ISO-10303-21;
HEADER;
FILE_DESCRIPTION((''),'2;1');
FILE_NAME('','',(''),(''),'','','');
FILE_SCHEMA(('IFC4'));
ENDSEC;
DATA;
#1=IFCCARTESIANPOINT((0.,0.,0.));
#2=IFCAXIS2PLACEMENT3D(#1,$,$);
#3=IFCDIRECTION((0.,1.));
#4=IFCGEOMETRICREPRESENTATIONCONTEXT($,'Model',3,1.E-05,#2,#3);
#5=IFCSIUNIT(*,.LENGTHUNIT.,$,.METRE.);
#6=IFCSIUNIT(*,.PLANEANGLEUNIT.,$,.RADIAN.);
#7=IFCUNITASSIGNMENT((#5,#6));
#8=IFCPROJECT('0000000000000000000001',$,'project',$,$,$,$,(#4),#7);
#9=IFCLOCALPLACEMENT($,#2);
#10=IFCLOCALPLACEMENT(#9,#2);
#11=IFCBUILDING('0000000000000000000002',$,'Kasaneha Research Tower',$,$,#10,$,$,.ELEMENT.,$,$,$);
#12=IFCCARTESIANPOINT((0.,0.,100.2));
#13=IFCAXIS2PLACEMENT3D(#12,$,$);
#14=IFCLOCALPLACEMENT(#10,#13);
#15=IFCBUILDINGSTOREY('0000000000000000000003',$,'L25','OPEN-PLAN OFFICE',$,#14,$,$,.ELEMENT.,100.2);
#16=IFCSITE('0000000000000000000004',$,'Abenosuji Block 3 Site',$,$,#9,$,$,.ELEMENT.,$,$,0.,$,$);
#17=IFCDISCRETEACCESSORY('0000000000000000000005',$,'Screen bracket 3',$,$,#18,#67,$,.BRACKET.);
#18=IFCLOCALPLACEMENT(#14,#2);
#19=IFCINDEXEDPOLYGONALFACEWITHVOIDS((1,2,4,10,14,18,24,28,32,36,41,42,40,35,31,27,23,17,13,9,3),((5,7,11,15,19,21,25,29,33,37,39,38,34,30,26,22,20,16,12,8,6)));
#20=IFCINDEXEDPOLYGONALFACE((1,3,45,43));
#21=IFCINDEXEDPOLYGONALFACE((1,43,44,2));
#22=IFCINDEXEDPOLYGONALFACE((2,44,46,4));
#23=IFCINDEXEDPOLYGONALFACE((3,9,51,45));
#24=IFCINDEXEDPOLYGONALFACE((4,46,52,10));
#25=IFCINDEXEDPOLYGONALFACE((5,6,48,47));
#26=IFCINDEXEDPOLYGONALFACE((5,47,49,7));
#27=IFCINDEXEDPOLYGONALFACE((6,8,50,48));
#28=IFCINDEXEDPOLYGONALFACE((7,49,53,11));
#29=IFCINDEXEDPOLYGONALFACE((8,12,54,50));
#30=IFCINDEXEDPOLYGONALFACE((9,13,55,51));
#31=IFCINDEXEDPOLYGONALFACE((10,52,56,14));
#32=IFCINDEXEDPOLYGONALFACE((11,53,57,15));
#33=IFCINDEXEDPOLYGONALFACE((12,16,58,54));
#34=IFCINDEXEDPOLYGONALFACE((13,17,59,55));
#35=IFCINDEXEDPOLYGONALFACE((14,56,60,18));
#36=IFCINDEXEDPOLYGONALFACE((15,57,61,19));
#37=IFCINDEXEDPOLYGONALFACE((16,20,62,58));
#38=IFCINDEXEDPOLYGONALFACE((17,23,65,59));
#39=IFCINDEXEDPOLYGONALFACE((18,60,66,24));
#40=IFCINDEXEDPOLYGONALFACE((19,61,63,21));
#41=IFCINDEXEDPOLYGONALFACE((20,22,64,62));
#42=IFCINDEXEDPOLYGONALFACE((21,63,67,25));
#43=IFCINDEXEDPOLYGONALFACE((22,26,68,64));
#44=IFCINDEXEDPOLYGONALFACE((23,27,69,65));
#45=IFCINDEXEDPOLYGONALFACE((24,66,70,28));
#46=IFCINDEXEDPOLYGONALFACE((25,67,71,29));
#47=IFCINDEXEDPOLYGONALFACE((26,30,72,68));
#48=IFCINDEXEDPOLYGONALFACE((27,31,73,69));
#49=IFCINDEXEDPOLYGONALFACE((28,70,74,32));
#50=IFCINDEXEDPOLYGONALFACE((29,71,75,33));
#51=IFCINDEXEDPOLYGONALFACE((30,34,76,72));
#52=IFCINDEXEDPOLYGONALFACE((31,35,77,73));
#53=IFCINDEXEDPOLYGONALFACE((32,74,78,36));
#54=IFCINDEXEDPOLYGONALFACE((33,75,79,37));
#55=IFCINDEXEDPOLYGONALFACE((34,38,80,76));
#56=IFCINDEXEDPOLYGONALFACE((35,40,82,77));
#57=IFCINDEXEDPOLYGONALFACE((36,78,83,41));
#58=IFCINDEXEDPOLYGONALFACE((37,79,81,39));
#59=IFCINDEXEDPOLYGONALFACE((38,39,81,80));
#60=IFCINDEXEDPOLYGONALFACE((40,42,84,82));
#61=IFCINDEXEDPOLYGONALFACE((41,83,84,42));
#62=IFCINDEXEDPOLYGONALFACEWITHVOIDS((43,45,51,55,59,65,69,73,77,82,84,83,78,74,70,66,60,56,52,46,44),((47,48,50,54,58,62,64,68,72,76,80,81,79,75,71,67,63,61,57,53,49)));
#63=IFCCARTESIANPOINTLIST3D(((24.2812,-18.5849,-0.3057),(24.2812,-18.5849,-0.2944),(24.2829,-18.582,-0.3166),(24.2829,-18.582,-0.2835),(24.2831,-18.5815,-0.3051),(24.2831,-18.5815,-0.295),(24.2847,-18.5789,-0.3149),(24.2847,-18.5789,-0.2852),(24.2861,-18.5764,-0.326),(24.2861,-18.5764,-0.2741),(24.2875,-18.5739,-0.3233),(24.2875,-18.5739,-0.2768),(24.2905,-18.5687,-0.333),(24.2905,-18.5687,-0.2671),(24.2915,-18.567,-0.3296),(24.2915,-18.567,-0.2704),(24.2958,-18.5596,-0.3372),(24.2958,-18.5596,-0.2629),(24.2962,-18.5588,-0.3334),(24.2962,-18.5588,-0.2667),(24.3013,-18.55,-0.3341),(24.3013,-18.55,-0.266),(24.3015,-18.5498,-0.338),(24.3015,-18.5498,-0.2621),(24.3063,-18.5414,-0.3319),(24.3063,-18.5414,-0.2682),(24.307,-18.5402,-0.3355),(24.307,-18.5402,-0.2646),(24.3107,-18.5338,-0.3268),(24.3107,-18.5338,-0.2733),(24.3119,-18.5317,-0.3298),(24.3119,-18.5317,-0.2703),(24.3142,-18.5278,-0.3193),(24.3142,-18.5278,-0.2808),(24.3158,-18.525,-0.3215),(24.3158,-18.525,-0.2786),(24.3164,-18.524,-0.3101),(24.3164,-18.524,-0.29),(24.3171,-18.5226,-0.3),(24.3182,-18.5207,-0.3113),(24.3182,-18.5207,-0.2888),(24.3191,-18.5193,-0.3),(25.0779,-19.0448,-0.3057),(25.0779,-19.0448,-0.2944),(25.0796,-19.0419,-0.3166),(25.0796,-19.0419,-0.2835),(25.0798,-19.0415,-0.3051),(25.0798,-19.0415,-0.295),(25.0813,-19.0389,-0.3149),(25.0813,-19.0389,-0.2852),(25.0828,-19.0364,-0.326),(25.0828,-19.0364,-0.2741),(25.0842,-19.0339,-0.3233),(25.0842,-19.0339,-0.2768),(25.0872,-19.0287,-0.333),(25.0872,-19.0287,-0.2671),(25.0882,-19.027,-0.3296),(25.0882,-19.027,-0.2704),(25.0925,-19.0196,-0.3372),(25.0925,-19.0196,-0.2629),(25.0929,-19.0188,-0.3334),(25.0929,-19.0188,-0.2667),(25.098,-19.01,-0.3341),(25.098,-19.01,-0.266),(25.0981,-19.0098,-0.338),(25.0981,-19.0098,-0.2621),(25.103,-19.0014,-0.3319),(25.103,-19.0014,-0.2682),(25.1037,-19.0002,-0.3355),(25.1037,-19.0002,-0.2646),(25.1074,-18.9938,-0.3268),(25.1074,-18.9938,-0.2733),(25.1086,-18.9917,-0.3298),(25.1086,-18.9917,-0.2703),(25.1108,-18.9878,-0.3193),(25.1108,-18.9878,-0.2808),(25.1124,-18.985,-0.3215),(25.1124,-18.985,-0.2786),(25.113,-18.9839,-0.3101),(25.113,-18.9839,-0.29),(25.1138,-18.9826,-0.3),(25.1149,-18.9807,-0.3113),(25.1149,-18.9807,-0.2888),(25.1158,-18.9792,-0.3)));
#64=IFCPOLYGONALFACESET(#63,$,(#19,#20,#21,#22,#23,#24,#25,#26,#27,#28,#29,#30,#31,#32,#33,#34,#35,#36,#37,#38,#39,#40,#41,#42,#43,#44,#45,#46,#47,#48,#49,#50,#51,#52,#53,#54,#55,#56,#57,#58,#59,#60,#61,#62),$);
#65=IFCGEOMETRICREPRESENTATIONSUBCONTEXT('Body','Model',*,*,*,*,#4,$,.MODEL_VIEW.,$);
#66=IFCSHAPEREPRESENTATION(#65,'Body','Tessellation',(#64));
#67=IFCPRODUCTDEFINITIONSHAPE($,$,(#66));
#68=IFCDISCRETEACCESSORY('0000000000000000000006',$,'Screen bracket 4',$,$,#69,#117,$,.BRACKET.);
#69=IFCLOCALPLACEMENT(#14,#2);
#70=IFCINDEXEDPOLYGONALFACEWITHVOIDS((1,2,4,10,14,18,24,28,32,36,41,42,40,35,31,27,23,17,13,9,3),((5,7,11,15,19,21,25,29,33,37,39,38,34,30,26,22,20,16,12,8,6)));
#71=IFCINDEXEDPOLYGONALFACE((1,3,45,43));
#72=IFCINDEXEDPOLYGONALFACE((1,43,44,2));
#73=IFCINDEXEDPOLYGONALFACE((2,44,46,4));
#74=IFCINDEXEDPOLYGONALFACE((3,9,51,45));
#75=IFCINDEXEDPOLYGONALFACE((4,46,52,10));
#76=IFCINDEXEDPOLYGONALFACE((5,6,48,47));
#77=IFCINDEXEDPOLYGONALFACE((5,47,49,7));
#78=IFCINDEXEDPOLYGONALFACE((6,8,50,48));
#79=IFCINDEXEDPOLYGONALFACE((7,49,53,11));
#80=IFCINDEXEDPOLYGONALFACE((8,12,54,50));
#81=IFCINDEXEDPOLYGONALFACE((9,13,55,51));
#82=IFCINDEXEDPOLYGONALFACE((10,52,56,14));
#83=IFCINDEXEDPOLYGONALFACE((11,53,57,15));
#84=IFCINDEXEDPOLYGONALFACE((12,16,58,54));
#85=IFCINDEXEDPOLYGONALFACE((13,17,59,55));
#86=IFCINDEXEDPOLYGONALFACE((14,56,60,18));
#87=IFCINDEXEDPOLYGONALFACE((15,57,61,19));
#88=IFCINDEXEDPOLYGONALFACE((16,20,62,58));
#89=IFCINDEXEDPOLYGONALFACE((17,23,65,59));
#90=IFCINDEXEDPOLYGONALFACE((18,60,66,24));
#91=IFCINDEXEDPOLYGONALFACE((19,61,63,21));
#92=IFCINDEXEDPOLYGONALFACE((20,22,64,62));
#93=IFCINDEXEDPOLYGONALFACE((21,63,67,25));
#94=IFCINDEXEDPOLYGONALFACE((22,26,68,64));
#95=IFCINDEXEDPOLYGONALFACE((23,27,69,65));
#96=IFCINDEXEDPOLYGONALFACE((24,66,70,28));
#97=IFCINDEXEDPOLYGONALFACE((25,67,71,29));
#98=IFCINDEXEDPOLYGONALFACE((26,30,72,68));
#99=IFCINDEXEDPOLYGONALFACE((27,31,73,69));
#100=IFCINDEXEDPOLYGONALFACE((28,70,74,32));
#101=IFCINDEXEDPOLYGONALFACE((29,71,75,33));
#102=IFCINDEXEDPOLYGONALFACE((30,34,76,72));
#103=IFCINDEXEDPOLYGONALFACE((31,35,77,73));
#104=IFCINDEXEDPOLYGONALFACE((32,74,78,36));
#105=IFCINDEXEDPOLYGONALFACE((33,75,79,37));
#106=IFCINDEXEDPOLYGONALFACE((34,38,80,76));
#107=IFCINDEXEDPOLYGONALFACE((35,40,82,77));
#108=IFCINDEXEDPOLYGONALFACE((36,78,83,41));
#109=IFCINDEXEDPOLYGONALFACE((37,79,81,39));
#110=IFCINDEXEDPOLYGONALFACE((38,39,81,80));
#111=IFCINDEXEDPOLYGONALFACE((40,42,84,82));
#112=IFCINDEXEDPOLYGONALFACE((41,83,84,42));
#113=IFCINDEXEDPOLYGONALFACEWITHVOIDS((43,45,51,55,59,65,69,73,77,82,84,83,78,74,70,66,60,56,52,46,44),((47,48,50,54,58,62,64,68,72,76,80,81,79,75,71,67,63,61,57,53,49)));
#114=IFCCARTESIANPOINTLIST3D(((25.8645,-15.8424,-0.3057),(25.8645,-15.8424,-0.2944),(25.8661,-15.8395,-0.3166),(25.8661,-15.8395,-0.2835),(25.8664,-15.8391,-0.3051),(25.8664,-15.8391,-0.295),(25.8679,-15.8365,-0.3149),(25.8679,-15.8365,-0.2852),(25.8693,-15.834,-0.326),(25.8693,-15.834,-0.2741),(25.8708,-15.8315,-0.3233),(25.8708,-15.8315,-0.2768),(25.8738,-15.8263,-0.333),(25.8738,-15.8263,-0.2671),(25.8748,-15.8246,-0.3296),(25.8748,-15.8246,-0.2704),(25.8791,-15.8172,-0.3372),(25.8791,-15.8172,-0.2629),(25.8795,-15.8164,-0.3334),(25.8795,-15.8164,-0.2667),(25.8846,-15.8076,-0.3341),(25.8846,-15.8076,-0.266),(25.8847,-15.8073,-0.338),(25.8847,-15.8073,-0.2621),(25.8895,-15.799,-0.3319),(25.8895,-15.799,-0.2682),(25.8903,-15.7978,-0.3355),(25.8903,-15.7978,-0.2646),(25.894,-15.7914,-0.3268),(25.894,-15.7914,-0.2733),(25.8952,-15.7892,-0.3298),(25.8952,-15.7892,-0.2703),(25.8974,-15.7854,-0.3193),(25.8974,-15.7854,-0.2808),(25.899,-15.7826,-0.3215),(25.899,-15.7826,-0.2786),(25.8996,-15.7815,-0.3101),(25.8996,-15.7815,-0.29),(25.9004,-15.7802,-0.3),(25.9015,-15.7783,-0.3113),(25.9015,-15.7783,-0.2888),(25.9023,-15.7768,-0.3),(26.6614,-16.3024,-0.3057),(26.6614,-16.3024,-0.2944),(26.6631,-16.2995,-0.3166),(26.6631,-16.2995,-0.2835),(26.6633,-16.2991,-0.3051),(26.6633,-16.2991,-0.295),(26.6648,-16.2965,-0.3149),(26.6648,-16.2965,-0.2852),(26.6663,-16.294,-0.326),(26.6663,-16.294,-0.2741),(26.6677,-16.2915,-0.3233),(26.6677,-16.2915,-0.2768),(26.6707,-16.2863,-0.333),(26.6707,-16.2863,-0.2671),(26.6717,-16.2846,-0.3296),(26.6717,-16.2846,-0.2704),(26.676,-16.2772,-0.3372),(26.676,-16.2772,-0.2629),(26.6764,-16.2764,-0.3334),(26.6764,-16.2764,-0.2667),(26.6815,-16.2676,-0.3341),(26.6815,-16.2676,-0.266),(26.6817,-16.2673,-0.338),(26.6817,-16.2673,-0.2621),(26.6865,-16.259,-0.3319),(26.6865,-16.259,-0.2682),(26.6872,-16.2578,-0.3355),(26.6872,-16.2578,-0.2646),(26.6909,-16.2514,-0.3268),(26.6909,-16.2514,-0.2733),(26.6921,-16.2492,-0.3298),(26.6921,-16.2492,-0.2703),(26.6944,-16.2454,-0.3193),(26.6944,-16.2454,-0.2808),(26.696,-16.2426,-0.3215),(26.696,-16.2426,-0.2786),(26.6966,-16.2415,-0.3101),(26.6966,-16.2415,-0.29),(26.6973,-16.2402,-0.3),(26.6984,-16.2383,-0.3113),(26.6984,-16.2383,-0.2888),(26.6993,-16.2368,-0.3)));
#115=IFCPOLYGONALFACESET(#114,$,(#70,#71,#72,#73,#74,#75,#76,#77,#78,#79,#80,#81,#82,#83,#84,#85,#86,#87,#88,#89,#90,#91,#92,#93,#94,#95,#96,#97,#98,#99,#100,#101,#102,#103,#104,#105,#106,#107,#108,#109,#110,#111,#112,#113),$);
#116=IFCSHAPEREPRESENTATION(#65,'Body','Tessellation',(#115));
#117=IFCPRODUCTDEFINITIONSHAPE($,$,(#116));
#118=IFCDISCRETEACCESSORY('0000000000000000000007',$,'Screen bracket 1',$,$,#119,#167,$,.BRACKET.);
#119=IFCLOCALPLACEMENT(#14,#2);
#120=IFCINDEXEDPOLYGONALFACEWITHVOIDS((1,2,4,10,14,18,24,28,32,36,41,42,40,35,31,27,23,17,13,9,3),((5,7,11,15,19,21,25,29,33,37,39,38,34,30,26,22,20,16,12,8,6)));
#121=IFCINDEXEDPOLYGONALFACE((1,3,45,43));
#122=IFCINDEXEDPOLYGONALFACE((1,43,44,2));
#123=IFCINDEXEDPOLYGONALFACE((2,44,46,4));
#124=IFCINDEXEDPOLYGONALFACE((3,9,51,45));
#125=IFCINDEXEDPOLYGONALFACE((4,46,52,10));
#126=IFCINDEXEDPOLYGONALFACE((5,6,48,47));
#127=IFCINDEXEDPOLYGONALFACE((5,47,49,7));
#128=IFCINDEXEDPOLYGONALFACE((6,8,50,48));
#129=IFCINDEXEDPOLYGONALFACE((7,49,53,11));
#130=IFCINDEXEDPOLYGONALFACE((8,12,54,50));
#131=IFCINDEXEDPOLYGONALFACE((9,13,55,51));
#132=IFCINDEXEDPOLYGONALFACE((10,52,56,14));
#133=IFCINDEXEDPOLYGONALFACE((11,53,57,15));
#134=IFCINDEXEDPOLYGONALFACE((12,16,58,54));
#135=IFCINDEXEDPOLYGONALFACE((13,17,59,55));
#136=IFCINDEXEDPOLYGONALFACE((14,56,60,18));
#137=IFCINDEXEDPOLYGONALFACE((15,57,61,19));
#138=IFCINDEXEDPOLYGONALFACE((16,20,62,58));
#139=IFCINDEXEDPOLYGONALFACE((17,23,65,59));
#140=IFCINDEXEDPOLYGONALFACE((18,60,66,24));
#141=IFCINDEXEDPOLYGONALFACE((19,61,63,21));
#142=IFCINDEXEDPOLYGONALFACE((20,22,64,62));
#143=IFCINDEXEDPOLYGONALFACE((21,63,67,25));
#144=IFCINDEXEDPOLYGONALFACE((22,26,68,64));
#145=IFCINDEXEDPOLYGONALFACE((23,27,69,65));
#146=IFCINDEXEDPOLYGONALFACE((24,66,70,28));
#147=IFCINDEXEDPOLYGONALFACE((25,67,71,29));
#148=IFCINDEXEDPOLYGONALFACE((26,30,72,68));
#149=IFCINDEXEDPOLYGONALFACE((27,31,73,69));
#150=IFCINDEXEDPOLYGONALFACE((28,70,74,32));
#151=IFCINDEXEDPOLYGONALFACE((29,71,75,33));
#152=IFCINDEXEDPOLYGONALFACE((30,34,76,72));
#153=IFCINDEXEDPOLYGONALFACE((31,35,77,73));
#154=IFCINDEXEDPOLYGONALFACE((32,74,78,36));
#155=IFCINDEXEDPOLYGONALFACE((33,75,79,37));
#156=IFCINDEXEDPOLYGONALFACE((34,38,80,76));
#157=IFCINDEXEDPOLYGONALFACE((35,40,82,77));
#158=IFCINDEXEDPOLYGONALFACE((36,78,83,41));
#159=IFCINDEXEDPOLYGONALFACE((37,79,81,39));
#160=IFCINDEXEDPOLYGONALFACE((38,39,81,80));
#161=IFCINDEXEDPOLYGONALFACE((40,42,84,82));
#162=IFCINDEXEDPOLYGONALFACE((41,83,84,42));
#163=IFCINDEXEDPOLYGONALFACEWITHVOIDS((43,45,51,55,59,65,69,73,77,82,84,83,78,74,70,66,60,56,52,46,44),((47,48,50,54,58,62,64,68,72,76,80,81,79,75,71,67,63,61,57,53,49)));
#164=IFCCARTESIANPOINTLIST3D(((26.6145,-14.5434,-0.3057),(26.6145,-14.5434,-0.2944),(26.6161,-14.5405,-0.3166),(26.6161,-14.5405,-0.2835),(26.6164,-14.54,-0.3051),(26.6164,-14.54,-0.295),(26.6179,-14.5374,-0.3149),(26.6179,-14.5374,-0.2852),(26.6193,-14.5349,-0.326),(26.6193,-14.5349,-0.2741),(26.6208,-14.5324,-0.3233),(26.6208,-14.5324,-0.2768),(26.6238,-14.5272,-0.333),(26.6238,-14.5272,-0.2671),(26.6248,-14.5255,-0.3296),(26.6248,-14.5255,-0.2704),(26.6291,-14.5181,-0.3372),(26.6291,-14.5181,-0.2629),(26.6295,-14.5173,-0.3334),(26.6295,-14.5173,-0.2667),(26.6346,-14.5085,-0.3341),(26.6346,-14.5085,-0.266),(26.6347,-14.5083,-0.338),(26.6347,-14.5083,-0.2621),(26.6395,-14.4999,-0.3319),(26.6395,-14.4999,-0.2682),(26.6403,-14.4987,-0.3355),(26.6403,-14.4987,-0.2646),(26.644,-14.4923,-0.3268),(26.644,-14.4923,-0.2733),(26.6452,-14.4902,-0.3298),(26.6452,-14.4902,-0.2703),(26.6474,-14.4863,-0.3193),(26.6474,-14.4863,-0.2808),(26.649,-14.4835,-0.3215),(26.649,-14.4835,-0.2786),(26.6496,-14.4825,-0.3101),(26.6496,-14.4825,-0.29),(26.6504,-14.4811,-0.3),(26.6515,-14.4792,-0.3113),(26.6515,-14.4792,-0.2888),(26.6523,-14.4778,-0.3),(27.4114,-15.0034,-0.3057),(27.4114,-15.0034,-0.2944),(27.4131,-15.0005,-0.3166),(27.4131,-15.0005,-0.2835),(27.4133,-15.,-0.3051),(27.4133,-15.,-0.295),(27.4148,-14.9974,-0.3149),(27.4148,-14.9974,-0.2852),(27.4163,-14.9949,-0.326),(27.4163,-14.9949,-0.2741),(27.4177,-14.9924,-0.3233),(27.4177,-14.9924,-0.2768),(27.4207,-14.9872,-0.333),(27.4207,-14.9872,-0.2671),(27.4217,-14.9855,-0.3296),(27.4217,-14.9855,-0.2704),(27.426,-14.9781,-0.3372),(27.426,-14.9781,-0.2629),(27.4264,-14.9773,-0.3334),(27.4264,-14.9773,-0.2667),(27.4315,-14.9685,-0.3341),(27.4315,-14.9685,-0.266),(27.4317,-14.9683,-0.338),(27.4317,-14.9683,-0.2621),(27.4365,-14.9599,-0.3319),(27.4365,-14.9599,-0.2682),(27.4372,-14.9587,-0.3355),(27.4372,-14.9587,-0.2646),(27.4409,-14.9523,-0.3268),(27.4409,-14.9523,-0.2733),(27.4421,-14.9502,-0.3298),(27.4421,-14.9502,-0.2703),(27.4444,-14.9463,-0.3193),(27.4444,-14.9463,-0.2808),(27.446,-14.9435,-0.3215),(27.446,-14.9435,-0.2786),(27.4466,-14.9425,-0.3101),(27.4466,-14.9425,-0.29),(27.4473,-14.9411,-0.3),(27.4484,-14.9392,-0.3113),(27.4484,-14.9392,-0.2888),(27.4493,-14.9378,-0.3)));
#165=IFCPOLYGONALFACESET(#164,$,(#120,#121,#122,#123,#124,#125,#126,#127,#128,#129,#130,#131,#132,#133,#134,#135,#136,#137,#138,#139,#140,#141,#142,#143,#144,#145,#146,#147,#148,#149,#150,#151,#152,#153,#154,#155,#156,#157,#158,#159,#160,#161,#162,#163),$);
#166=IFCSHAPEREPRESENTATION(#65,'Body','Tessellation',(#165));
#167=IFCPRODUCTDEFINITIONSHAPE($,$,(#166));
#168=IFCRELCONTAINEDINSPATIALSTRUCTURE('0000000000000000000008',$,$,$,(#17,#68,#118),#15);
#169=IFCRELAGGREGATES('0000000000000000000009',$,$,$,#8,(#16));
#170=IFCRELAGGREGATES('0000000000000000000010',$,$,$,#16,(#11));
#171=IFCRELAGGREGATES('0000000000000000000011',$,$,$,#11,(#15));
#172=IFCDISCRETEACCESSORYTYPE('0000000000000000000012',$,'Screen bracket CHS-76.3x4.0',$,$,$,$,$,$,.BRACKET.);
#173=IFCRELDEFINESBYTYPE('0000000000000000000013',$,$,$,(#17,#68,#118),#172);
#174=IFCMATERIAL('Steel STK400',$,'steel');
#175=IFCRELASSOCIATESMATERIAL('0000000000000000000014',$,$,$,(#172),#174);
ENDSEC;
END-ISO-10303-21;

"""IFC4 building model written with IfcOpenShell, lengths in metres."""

from ifc_helpers import new_model, si_unit, direction, frame, origin, origin_2d, place, context, subcontext, project, spatial, hollow_circle, extrude, material, material_profile, profile_set, type_object, element, save


model = new_model("IFC4")

# Units and contexts
model_context = context("Model", 3, precision=1e-05, world=origin(), true_north=direction((0.0, 1.0)))
body_context = subcontext(model_context, "Body", "Model", "MODEL_VIEW")
ifc_project = project(units=[si_unit("LENGTHUNIT", "METRE"), si_unit("PLANEANGLEUNIT", "RADIAN")], contexts=[model_context])

# Site, building, storey
site_placement = place(None, origin())
site = spatial("IfcSite", under=ifc_project, at=site_placement, Name="Abenosuji Block 3 Site", CompositionType="ELEMENT", RefElevation=0.0)
building_placement = place(site_placement, origin())
building = spatial("IfcBuilding", under=site, at=building_placement, Name="Kasaneha Research Tower", CompositionType="ELEMENT")
storey_placement = place(building_placement, frame((0.0, 0.0, 100.2)))
storey = spatial("IfcBuildingStorey", under=building, at=storey_placement, Name="L25", Description="OPEN-PLAN OFFICE", CompositionType="ELEMENT", Elevation=100.2)

# Discrete accessories
ifc_material_1 = material(Name="Steel STK400", Category="steel")
ifc_material_profile_1 = material_profile(ifc_material_1, hollow_circle(Radius=0.0381, WallThickness=0.0039, at=origin_2d()), Name="CHS-76.3x4.0")
ifc_profile_set_1 = profile_set([ifc_material_profile_1], Name="Steel STK400")
discrete_accessory_type = type_object("IfcDiscreteAccessoryType", Name="Screen bracket CHS-76.3x4.0", PredefinedType="BRACKET", material=ifc_profile_set_1)
discrete_accessory_1_placement = place(storey_placement, frame((24.3, -18.5522, -0.3), z_axis=(0.866013, -0.500021, 0.0), x_axis=(0.500021, 0.866013, 0.0)))
element("IfcDiscreteAccessory", 1, at=discrete_accessory_1_placement, inside=storey, type_object=discrete_accessory_type, Name="Screen bracket 3", PredefinedType="BRACKET", context=body_context, shape_type="SweptSolid", body=[
    extrude(hollow_circle(Radius=0.0381, WallThickness=0.0039, at=origin_2d()), origin(), (0.0, 0.0, 1.0), 0.9199),
])
for number, where, z_axis, x_axis, name in (
    (2, (25.8833, -15.8098, -0.3), (0.86608, -0.499906, 0.0), (0.499906, 0.86608, 0.0), "Screen bracket 4"),
    (3, (26.6333, -14.5107, -0.3), (0.86608, -0.499906, 0.0), (0.499906, 0.86608, 0.0), "Screen bracket 1"),
):
    element("IfcDiscreteAccessory", number, at=place(storey_placement, frame(where, z_axis=z_axis, x_axis=x_axis)), inside=storey, type_object=discrete_accessory_type, Name=name, PredefinedType="BRACKET", context=body_context, shape_type="SweptSolid", body=[
        extrude(hollow_circle(Radius=0.0381, WallThickness=0.0039, at=origin_2d()), origin(), (0.0, 0.0, 1.0), 0.9202),
    ])

save(model, "model.ifc")
